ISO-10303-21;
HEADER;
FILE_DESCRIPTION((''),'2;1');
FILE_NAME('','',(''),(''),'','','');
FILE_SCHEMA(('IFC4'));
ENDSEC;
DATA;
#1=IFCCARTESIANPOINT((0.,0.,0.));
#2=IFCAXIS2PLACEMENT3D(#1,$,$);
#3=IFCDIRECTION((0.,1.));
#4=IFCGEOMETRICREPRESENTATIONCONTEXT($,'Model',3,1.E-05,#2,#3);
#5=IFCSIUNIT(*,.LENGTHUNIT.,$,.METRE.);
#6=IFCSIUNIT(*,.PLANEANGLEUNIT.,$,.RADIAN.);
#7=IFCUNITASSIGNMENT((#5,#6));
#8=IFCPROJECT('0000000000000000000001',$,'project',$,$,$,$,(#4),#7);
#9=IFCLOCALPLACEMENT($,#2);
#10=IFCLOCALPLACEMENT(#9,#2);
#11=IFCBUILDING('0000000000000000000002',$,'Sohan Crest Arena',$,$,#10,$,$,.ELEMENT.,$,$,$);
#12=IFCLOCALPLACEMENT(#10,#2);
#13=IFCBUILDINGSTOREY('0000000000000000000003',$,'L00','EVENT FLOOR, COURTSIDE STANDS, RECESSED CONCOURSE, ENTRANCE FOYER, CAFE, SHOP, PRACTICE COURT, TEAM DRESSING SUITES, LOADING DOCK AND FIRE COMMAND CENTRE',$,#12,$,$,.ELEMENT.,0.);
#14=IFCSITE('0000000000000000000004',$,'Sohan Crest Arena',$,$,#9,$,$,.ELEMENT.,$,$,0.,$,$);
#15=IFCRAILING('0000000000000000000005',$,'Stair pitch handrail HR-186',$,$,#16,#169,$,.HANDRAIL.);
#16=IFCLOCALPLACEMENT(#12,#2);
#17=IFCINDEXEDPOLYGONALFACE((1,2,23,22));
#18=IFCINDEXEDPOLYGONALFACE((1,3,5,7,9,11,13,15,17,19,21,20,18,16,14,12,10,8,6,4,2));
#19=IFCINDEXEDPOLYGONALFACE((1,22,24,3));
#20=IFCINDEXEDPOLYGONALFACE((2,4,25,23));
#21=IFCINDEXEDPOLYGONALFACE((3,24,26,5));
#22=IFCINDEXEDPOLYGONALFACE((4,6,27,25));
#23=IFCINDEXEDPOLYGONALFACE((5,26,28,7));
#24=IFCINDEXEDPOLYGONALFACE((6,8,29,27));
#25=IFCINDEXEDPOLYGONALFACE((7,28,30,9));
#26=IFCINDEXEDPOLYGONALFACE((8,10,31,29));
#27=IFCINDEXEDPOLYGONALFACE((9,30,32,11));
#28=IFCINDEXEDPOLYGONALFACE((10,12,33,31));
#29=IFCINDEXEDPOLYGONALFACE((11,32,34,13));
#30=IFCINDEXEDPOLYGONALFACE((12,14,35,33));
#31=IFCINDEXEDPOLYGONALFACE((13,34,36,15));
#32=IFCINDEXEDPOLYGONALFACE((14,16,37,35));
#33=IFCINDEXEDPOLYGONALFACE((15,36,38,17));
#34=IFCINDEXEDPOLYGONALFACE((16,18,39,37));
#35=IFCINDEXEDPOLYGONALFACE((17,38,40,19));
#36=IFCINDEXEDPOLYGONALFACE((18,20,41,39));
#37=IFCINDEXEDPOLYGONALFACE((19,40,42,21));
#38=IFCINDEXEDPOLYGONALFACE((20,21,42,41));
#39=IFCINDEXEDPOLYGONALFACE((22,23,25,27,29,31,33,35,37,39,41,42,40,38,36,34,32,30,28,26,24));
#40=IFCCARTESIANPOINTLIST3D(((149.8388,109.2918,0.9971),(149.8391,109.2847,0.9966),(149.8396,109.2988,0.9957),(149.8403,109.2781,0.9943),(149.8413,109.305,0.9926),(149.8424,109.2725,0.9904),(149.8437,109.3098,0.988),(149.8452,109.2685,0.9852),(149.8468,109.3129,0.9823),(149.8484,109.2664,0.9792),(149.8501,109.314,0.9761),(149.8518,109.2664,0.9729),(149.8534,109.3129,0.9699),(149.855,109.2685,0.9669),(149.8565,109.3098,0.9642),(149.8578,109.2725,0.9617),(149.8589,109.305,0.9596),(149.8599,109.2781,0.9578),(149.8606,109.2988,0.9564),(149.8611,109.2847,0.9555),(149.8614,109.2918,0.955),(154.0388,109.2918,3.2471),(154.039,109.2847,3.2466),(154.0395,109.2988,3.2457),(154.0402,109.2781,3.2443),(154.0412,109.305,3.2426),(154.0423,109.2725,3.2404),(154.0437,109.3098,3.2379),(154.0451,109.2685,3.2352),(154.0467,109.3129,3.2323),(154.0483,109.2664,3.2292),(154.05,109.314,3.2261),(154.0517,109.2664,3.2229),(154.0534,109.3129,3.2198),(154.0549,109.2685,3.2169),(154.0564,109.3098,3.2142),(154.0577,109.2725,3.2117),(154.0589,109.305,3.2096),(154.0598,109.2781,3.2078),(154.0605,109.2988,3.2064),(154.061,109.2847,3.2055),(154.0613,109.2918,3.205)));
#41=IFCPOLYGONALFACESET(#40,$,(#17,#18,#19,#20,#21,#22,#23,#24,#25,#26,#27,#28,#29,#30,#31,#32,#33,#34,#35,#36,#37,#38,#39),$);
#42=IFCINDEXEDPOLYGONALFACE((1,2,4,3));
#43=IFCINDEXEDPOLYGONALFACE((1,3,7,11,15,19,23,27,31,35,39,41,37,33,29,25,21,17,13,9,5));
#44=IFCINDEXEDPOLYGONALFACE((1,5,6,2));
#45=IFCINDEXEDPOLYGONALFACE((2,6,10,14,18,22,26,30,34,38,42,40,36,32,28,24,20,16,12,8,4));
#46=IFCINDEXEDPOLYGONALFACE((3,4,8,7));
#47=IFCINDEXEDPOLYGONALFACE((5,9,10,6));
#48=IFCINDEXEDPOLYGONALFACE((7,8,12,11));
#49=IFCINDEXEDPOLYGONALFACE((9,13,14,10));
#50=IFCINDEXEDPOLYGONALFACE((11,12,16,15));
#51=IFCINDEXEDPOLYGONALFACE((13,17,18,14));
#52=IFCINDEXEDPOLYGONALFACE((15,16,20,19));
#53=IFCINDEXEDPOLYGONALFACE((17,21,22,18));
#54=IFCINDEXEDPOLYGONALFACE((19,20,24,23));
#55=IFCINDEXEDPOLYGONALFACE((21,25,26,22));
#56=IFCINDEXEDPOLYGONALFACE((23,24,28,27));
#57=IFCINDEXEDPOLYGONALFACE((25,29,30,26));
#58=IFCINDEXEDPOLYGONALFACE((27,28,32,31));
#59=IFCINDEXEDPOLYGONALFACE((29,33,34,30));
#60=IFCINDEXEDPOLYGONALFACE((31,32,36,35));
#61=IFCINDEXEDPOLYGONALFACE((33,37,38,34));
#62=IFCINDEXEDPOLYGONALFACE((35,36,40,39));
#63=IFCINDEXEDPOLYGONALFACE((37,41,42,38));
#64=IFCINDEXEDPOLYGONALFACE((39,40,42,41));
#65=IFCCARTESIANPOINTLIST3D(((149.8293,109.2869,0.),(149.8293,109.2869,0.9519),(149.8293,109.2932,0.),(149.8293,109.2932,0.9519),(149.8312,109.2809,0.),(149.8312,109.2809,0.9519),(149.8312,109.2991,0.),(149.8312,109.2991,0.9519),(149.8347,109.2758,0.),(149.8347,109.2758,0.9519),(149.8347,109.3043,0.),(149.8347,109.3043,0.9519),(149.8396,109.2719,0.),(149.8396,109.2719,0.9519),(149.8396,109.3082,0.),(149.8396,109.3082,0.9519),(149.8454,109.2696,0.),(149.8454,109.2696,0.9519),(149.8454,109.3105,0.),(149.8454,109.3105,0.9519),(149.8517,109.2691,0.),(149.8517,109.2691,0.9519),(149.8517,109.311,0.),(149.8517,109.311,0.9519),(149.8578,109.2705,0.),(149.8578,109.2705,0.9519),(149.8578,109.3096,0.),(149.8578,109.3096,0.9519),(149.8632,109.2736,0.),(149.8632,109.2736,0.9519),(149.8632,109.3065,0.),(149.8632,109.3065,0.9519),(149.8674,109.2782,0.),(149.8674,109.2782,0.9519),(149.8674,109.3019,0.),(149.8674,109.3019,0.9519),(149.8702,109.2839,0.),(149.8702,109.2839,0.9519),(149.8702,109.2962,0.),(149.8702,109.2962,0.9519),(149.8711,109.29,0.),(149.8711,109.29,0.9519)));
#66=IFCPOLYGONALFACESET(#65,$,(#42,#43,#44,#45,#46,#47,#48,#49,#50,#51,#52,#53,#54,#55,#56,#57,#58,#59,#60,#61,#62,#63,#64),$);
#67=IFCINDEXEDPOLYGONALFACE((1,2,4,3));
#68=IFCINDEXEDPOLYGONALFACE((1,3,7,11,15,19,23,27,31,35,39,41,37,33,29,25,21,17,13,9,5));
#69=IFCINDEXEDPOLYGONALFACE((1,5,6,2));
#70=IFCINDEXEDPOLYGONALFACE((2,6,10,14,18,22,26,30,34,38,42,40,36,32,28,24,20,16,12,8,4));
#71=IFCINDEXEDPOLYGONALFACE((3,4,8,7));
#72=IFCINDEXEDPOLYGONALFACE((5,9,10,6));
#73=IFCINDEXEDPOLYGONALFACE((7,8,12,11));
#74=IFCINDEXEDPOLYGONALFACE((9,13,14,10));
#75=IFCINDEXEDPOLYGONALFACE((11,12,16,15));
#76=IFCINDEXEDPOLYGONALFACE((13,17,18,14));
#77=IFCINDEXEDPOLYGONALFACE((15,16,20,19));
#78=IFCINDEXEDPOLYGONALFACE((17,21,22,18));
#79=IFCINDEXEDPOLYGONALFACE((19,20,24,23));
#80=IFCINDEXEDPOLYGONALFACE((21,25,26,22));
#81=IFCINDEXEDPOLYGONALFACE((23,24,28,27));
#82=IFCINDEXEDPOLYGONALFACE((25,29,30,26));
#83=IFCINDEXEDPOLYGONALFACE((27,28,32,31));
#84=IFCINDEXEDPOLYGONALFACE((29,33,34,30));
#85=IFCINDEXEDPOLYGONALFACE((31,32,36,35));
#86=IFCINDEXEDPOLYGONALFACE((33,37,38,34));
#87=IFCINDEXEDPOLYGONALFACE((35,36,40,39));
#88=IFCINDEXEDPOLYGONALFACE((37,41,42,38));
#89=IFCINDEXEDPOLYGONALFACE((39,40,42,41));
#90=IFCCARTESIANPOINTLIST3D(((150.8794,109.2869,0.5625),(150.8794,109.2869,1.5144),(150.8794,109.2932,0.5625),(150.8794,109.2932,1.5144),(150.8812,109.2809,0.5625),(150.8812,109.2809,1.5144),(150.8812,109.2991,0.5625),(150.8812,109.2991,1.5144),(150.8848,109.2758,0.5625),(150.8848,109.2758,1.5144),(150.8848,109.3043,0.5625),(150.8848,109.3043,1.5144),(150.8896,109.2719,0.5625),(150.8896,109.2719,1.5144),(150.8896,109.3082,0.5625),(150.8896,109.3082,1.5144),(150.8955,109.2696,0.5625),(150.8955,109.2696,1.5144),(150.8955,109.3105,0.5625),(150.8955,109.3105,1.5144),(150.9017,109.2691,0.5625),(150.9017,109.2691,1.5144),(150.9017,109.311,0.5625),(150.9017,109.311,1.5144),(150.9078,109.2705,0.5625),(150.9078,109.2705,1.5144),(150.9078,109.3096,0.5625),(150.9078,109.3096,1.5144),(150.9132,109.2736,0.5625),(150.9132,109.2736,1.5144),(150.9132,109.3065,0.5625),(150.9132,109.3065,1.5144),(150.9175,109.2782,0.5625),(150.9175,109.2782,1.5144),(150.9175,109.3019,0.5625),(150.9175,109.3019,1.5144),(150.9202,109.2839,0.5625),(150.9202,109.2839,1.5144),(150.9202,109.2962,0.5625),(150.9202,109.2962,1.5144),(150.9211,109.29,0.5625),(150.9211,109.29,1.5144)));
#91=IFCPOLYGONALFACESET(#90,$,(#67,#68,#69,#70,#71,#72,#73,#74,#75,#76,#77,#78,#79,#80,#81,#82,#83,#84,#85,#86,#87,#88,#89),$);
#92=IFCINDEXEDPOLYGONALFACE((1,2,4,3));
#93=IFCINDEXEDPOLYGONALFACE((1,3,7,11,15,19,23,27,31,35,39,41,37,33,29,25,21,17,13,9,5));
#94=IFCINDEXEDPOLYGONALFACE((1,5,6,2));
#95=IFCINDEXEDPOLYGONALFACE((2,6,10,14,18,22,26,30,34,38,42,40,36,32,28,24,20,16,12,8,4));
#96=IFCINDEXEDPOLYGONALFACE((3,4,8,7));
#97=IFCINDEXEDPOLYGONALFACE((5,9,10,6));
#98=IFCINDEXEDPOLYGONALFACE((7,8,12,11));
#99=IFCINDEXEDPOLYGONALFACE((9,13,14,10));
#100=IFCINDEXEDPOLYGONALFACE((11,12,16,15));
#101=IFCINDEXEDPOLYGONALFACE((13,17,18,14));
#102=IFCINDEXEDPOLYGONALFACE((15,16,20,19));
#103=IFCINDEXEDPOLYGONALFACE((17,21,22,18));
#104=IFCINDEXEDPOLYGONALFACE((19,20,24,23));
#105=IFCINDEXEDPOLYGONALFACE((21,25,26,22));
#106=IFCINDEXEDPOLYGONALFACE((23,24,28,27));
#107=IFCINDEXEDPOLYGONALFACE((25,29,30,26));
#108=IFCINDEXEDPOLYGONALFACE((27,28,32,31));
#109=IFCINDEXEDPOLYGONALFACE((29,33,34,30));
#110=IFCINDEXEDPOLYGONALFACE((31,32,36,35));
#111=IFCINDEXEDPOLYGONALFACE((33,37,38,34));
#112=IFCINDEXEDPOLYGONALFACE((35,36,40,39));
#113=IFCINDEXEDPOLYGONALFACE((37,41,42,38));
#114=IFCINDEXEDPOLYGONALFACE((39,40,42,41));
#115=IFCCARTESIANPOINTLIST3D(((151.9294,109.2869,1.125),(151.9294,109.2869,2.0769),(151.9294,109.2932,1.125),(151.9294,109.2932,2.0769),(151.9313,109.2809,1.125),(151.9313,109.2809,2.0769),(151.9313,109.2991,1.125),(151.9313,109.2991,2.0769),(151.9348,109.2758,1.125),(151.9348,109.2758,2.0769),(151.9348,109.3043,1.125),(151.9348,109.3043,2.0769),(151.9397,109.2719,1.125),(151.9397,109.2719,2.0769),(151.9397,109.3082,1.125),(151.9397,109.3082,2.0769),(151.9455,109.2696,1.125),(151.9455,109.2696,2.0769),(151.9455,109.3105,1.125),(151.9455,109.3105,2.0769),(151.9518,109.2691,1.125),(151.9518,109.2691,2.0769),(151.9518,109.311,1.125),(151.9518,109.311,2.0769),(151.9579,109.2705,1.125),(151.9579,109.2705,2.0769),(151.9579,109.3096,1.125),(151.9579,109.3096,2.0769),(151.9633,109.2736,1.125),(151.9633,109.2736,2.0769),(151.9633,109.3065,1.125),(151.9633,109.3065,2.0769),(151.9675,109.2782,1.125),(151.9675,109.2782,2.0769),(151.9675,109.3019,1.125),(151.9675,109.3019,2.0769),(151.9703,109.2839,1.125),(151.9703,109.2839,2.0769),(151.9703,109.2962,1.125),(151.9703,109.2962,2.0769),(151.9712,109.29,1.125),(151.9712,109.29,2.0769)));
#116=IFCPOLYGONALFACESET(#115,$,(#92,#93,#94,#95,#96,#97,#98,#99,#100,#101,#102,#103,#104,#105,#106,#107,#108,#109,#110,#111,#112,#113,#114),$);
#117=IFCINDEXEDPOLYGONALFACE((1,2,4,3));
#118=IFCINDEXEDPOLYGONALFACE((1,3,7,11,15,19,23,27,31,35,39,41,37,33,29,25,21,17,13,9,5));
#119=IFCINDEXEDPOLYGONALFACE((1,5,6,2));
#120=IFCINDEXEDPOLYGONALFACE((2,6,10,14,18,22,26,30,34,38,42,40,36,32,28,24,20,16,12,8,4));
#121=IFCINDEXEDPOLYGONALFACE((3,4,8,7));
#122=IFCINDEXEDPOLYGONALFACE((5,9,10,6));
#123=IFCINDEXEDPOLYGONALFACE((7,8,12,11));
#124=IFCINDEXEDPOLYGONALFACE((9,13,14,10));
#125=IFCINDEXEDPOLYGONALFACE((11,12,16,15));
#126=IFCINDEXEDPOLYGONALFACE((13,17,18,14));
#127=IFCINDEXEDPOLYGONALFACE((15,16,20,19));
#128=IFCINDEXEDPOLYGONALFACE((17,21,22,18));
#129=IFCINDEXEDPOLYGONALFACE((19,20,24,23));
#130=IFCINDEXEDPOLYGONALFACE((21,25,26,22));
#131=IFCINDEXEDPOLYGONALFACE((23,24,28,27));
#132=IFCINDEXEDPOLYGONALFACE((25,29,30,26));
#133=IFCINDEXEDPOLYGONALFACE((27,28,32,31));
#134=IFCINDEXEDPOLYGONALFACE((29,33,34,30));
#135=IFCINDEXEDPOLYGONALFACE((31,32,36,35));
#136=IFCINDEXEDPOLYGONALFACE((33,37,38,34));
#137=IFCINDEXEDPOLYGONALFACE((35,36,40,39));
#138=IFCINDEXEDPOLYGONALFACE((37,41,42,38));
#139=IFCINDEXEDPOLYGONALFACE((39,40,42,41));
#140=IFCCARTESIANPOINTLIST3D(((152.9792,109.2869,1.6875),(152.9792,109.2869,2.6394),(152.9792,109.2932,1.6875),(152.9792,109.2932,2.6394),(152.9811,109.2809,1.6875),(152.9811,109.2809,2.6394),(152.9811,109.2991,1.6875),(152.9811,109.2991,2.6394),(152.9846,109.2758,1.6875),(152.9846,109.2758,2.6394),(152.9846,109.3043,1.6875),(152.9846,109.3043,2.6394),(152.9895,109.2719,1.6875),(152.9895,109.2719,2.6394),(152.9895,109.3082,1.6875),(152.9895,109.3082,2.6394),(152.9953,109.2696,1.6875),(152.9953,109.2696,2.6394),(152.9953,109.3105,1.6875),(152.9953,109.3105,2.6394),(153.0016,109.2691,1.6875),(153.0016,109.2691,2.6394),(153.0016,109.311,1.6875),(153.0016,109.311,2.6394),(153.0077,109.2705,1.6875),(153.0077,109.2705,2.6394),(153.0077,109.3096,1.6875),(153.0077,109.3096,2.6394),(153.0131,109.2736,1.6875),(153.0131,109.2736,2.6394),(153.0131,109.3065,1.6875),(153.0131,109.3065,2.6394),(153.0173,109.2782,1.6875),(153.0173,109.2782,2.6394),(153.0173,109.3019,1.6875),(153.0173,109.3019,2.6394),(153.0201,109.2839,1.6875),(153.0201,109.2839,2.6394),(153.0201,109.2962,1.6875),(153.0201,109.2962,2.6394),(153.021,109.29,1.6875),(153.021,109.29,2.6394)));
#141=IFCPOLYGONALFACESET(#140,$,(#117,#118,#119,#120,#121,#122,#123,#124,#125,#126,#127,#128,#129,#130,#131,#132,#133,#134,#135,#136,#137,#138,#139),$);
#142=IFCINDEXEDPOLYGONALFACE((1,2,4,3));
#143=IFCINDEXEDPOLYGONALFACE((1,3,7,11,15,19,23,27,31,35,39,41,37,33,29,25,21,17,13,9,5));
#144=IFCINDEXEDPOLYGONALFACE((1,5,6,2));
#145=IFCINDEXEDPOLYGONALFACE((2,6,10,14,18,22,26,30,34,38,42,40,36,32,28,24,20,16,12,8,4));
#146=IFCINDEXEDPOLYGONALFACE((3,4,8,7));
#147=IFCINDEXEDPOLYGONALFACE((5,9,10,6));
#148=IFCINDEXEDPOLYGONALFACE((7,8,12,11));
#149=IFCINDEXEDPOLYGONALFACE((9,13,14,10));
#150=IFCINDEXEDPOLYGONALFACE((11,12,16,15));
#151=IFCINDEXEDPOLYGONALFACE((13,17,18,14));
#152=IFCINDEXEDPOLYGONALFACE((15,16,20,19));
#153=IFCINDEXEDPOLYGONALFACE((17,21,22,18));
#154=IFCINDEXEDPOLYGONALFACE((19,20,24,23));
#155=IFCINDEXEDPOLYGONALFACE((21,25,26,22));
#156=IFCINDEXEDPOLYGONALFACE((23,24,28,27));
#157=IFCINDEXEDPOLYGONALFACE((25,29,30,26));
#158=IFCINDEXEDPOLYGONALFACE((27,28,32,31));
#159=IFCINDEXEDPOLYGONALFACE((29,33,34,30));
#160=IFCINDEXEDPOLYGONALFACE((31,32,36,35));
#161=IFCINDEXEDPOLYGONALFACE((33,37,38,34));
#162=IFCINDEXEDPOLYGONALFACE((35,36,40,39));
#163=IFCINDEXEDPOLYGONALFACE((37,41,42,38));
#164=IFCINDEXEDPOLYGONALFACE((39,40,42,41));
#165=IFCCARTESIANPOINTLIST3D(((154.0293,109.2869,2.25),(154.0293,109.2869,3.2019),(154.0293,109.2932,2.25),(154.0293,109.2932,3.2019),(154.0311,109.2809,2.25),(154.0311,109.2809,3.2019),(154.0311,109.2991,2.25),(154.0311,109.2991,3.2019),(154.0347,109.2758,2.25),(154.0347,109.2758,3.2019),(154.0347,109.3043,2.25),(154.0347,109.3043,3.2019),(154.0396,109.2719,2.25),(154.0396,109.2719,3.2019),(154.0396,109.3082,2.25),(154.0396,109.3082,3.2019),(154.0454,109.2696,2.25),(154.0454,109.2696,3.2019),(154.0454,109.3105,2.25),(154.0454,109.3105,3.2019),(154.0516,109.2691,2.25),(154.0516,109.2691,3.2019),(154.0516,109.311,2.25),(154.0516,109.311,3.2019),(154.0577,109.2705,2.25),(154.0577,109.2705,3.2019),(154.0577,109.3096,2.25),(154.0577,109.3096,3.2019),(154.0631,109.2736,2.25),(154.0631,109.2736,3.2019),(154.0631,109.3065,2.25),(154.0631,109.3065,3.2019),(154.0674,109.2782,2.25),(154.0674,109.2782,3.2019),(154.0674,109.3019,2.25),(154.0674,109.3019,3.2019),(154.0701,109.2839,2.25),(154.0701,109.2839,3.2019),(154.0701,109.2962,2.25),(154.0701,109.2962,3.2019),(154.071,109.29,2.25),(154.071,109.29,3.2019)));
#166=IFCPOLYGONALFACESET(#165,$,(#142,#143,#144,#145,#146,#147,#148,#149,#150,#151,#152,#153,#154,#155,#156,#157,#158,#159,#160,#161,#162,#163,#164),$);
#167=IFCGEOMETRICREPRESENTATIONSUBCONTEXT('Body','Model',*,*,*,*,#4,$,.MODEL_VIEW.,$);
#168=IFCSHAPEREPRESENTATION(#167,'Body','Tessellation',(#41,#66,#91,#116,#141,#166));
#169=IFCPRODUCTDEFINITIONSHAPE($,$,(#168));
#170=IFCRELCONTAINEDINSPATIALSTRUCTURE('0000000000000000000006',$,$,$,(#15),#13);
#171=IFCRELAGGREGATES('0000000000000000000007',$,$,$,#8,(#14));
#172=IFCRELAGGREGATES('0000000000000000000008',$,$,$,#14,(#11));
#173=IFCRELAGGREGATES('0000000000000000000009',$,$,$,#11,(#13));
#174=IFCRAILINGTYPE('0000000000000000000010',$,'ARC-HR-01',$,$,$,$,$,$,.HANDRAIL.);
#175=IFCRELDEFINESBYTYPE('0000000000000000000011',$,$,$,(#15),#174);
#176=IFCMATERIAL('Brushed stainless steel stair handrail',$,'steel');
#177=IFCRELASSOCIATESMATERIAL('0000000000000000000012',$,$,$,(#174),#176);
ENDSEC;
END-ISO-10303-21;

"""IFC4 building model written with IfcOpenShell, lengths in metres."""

from ifc_helpers import new_model, si_unit, direction, frame, origin, origin_2d, place, context, subcontext, project, spatial, circle, extrude, material, type_object, element, save


model = new_model("IFC4")

# Units and contexts
model_context = context("Model", 3, precision=1e-05, world=origin(), true_north=direction((0.0, 1.0)))
body_context = subcontext(model_context, "Body", "Model", "MODEL_VIEW")
ifc_project = project(units=[si_unit("LENGTHUNIT", "METRE"), si_unit("PLANEANGLEUNIT", "RADIAN")], contexts=[model_context])

# Site, building, storey
site_placement = place(None, origin())
site = spatial("IfcSite", under=ifc_project, at=site_placement, Name="Sohan Crest Arena", CompositionType="ELEMENT", RefElevation=0.0)
building_placement = place(site_placement, origin())
building = spatial("IfcBuilding", under=site, at=building_placement, Name="Sohan Crest Arena", CompositionType="ELEMENT")
storey_placement = place(building_placement, origin())
storey = spatial("IfcBuildingStorey", under=building, at=storey_placement, Name="L00", Description="EVENT FLOOR, COURTSIDE STANDS, RECESSED CONCOURSE, ENTRANCE FOYER, CAFE, SHOP, PRACTICE COURT, TEAM DRESSING SUITES, LOADING DOCK AND FIRE COMMAND CENTRE", CompositionType="ELEMENT", Elevation=0.0)

# Railing
ifc_material_1 = material(Name="Brushed stainless steel stair handrail", Category="steel")
railing_type_1 = type_object("IfcRailingType", Name="ARC-HR-01", PredefinedType="HANDRAIL", material=ifc_material_1)
for number, where, name in (
    (1, (149.8501, 109.29, 0.0), "Stair pitch handrail HR-186"),
):
    element("IfcRailing", number, at=place(storey_placement, frame(where)), inside=storey, type_object=railing_type_1, Name=name, PredefinedType="HANDRAIL", context=body_context, shape_type="SweptSolid", body=[
        extrude(circle(Radius=0.0239, at=origin_2d()), frame((0.0, 0.0, 0.9761), z_axis=(0.881478, 0.0, 0.472226), x_axis=(0.0, 1.0, 0.0)), (0.0, 0.0, 1.0), 4.7646),
        extrude(circle(Radius=0.021, at=origin_2d()), origin(), (0.0, 0.0, 1.0), 0.9519),
        extrude(circle(Radius=0.021, at=origin_2d()), frame((1.05, 0.0, 0.5625)), (0.0, 0.0, 1.0), 0.9519),
        extrude(circle(Radius=0.021, at=origin_2d()), frame((2.1001, 0.0, 1.125)), (0.0, 0.0, 1.0), 0.9519),
        extrude(circle(Radius=0.021, at=origin_2d()), frame((3.1499, 0.0, 1.6875)), (0.0, 0.0, 1.0), 0.9519),
        extrude(circle(Radius=0.021, at=origin_2d()), frame((4.2, 0.0, 2.25)), (0.0, 0.0, 1.0), 0.9519),
    ])

save(model, "model.ifc")
